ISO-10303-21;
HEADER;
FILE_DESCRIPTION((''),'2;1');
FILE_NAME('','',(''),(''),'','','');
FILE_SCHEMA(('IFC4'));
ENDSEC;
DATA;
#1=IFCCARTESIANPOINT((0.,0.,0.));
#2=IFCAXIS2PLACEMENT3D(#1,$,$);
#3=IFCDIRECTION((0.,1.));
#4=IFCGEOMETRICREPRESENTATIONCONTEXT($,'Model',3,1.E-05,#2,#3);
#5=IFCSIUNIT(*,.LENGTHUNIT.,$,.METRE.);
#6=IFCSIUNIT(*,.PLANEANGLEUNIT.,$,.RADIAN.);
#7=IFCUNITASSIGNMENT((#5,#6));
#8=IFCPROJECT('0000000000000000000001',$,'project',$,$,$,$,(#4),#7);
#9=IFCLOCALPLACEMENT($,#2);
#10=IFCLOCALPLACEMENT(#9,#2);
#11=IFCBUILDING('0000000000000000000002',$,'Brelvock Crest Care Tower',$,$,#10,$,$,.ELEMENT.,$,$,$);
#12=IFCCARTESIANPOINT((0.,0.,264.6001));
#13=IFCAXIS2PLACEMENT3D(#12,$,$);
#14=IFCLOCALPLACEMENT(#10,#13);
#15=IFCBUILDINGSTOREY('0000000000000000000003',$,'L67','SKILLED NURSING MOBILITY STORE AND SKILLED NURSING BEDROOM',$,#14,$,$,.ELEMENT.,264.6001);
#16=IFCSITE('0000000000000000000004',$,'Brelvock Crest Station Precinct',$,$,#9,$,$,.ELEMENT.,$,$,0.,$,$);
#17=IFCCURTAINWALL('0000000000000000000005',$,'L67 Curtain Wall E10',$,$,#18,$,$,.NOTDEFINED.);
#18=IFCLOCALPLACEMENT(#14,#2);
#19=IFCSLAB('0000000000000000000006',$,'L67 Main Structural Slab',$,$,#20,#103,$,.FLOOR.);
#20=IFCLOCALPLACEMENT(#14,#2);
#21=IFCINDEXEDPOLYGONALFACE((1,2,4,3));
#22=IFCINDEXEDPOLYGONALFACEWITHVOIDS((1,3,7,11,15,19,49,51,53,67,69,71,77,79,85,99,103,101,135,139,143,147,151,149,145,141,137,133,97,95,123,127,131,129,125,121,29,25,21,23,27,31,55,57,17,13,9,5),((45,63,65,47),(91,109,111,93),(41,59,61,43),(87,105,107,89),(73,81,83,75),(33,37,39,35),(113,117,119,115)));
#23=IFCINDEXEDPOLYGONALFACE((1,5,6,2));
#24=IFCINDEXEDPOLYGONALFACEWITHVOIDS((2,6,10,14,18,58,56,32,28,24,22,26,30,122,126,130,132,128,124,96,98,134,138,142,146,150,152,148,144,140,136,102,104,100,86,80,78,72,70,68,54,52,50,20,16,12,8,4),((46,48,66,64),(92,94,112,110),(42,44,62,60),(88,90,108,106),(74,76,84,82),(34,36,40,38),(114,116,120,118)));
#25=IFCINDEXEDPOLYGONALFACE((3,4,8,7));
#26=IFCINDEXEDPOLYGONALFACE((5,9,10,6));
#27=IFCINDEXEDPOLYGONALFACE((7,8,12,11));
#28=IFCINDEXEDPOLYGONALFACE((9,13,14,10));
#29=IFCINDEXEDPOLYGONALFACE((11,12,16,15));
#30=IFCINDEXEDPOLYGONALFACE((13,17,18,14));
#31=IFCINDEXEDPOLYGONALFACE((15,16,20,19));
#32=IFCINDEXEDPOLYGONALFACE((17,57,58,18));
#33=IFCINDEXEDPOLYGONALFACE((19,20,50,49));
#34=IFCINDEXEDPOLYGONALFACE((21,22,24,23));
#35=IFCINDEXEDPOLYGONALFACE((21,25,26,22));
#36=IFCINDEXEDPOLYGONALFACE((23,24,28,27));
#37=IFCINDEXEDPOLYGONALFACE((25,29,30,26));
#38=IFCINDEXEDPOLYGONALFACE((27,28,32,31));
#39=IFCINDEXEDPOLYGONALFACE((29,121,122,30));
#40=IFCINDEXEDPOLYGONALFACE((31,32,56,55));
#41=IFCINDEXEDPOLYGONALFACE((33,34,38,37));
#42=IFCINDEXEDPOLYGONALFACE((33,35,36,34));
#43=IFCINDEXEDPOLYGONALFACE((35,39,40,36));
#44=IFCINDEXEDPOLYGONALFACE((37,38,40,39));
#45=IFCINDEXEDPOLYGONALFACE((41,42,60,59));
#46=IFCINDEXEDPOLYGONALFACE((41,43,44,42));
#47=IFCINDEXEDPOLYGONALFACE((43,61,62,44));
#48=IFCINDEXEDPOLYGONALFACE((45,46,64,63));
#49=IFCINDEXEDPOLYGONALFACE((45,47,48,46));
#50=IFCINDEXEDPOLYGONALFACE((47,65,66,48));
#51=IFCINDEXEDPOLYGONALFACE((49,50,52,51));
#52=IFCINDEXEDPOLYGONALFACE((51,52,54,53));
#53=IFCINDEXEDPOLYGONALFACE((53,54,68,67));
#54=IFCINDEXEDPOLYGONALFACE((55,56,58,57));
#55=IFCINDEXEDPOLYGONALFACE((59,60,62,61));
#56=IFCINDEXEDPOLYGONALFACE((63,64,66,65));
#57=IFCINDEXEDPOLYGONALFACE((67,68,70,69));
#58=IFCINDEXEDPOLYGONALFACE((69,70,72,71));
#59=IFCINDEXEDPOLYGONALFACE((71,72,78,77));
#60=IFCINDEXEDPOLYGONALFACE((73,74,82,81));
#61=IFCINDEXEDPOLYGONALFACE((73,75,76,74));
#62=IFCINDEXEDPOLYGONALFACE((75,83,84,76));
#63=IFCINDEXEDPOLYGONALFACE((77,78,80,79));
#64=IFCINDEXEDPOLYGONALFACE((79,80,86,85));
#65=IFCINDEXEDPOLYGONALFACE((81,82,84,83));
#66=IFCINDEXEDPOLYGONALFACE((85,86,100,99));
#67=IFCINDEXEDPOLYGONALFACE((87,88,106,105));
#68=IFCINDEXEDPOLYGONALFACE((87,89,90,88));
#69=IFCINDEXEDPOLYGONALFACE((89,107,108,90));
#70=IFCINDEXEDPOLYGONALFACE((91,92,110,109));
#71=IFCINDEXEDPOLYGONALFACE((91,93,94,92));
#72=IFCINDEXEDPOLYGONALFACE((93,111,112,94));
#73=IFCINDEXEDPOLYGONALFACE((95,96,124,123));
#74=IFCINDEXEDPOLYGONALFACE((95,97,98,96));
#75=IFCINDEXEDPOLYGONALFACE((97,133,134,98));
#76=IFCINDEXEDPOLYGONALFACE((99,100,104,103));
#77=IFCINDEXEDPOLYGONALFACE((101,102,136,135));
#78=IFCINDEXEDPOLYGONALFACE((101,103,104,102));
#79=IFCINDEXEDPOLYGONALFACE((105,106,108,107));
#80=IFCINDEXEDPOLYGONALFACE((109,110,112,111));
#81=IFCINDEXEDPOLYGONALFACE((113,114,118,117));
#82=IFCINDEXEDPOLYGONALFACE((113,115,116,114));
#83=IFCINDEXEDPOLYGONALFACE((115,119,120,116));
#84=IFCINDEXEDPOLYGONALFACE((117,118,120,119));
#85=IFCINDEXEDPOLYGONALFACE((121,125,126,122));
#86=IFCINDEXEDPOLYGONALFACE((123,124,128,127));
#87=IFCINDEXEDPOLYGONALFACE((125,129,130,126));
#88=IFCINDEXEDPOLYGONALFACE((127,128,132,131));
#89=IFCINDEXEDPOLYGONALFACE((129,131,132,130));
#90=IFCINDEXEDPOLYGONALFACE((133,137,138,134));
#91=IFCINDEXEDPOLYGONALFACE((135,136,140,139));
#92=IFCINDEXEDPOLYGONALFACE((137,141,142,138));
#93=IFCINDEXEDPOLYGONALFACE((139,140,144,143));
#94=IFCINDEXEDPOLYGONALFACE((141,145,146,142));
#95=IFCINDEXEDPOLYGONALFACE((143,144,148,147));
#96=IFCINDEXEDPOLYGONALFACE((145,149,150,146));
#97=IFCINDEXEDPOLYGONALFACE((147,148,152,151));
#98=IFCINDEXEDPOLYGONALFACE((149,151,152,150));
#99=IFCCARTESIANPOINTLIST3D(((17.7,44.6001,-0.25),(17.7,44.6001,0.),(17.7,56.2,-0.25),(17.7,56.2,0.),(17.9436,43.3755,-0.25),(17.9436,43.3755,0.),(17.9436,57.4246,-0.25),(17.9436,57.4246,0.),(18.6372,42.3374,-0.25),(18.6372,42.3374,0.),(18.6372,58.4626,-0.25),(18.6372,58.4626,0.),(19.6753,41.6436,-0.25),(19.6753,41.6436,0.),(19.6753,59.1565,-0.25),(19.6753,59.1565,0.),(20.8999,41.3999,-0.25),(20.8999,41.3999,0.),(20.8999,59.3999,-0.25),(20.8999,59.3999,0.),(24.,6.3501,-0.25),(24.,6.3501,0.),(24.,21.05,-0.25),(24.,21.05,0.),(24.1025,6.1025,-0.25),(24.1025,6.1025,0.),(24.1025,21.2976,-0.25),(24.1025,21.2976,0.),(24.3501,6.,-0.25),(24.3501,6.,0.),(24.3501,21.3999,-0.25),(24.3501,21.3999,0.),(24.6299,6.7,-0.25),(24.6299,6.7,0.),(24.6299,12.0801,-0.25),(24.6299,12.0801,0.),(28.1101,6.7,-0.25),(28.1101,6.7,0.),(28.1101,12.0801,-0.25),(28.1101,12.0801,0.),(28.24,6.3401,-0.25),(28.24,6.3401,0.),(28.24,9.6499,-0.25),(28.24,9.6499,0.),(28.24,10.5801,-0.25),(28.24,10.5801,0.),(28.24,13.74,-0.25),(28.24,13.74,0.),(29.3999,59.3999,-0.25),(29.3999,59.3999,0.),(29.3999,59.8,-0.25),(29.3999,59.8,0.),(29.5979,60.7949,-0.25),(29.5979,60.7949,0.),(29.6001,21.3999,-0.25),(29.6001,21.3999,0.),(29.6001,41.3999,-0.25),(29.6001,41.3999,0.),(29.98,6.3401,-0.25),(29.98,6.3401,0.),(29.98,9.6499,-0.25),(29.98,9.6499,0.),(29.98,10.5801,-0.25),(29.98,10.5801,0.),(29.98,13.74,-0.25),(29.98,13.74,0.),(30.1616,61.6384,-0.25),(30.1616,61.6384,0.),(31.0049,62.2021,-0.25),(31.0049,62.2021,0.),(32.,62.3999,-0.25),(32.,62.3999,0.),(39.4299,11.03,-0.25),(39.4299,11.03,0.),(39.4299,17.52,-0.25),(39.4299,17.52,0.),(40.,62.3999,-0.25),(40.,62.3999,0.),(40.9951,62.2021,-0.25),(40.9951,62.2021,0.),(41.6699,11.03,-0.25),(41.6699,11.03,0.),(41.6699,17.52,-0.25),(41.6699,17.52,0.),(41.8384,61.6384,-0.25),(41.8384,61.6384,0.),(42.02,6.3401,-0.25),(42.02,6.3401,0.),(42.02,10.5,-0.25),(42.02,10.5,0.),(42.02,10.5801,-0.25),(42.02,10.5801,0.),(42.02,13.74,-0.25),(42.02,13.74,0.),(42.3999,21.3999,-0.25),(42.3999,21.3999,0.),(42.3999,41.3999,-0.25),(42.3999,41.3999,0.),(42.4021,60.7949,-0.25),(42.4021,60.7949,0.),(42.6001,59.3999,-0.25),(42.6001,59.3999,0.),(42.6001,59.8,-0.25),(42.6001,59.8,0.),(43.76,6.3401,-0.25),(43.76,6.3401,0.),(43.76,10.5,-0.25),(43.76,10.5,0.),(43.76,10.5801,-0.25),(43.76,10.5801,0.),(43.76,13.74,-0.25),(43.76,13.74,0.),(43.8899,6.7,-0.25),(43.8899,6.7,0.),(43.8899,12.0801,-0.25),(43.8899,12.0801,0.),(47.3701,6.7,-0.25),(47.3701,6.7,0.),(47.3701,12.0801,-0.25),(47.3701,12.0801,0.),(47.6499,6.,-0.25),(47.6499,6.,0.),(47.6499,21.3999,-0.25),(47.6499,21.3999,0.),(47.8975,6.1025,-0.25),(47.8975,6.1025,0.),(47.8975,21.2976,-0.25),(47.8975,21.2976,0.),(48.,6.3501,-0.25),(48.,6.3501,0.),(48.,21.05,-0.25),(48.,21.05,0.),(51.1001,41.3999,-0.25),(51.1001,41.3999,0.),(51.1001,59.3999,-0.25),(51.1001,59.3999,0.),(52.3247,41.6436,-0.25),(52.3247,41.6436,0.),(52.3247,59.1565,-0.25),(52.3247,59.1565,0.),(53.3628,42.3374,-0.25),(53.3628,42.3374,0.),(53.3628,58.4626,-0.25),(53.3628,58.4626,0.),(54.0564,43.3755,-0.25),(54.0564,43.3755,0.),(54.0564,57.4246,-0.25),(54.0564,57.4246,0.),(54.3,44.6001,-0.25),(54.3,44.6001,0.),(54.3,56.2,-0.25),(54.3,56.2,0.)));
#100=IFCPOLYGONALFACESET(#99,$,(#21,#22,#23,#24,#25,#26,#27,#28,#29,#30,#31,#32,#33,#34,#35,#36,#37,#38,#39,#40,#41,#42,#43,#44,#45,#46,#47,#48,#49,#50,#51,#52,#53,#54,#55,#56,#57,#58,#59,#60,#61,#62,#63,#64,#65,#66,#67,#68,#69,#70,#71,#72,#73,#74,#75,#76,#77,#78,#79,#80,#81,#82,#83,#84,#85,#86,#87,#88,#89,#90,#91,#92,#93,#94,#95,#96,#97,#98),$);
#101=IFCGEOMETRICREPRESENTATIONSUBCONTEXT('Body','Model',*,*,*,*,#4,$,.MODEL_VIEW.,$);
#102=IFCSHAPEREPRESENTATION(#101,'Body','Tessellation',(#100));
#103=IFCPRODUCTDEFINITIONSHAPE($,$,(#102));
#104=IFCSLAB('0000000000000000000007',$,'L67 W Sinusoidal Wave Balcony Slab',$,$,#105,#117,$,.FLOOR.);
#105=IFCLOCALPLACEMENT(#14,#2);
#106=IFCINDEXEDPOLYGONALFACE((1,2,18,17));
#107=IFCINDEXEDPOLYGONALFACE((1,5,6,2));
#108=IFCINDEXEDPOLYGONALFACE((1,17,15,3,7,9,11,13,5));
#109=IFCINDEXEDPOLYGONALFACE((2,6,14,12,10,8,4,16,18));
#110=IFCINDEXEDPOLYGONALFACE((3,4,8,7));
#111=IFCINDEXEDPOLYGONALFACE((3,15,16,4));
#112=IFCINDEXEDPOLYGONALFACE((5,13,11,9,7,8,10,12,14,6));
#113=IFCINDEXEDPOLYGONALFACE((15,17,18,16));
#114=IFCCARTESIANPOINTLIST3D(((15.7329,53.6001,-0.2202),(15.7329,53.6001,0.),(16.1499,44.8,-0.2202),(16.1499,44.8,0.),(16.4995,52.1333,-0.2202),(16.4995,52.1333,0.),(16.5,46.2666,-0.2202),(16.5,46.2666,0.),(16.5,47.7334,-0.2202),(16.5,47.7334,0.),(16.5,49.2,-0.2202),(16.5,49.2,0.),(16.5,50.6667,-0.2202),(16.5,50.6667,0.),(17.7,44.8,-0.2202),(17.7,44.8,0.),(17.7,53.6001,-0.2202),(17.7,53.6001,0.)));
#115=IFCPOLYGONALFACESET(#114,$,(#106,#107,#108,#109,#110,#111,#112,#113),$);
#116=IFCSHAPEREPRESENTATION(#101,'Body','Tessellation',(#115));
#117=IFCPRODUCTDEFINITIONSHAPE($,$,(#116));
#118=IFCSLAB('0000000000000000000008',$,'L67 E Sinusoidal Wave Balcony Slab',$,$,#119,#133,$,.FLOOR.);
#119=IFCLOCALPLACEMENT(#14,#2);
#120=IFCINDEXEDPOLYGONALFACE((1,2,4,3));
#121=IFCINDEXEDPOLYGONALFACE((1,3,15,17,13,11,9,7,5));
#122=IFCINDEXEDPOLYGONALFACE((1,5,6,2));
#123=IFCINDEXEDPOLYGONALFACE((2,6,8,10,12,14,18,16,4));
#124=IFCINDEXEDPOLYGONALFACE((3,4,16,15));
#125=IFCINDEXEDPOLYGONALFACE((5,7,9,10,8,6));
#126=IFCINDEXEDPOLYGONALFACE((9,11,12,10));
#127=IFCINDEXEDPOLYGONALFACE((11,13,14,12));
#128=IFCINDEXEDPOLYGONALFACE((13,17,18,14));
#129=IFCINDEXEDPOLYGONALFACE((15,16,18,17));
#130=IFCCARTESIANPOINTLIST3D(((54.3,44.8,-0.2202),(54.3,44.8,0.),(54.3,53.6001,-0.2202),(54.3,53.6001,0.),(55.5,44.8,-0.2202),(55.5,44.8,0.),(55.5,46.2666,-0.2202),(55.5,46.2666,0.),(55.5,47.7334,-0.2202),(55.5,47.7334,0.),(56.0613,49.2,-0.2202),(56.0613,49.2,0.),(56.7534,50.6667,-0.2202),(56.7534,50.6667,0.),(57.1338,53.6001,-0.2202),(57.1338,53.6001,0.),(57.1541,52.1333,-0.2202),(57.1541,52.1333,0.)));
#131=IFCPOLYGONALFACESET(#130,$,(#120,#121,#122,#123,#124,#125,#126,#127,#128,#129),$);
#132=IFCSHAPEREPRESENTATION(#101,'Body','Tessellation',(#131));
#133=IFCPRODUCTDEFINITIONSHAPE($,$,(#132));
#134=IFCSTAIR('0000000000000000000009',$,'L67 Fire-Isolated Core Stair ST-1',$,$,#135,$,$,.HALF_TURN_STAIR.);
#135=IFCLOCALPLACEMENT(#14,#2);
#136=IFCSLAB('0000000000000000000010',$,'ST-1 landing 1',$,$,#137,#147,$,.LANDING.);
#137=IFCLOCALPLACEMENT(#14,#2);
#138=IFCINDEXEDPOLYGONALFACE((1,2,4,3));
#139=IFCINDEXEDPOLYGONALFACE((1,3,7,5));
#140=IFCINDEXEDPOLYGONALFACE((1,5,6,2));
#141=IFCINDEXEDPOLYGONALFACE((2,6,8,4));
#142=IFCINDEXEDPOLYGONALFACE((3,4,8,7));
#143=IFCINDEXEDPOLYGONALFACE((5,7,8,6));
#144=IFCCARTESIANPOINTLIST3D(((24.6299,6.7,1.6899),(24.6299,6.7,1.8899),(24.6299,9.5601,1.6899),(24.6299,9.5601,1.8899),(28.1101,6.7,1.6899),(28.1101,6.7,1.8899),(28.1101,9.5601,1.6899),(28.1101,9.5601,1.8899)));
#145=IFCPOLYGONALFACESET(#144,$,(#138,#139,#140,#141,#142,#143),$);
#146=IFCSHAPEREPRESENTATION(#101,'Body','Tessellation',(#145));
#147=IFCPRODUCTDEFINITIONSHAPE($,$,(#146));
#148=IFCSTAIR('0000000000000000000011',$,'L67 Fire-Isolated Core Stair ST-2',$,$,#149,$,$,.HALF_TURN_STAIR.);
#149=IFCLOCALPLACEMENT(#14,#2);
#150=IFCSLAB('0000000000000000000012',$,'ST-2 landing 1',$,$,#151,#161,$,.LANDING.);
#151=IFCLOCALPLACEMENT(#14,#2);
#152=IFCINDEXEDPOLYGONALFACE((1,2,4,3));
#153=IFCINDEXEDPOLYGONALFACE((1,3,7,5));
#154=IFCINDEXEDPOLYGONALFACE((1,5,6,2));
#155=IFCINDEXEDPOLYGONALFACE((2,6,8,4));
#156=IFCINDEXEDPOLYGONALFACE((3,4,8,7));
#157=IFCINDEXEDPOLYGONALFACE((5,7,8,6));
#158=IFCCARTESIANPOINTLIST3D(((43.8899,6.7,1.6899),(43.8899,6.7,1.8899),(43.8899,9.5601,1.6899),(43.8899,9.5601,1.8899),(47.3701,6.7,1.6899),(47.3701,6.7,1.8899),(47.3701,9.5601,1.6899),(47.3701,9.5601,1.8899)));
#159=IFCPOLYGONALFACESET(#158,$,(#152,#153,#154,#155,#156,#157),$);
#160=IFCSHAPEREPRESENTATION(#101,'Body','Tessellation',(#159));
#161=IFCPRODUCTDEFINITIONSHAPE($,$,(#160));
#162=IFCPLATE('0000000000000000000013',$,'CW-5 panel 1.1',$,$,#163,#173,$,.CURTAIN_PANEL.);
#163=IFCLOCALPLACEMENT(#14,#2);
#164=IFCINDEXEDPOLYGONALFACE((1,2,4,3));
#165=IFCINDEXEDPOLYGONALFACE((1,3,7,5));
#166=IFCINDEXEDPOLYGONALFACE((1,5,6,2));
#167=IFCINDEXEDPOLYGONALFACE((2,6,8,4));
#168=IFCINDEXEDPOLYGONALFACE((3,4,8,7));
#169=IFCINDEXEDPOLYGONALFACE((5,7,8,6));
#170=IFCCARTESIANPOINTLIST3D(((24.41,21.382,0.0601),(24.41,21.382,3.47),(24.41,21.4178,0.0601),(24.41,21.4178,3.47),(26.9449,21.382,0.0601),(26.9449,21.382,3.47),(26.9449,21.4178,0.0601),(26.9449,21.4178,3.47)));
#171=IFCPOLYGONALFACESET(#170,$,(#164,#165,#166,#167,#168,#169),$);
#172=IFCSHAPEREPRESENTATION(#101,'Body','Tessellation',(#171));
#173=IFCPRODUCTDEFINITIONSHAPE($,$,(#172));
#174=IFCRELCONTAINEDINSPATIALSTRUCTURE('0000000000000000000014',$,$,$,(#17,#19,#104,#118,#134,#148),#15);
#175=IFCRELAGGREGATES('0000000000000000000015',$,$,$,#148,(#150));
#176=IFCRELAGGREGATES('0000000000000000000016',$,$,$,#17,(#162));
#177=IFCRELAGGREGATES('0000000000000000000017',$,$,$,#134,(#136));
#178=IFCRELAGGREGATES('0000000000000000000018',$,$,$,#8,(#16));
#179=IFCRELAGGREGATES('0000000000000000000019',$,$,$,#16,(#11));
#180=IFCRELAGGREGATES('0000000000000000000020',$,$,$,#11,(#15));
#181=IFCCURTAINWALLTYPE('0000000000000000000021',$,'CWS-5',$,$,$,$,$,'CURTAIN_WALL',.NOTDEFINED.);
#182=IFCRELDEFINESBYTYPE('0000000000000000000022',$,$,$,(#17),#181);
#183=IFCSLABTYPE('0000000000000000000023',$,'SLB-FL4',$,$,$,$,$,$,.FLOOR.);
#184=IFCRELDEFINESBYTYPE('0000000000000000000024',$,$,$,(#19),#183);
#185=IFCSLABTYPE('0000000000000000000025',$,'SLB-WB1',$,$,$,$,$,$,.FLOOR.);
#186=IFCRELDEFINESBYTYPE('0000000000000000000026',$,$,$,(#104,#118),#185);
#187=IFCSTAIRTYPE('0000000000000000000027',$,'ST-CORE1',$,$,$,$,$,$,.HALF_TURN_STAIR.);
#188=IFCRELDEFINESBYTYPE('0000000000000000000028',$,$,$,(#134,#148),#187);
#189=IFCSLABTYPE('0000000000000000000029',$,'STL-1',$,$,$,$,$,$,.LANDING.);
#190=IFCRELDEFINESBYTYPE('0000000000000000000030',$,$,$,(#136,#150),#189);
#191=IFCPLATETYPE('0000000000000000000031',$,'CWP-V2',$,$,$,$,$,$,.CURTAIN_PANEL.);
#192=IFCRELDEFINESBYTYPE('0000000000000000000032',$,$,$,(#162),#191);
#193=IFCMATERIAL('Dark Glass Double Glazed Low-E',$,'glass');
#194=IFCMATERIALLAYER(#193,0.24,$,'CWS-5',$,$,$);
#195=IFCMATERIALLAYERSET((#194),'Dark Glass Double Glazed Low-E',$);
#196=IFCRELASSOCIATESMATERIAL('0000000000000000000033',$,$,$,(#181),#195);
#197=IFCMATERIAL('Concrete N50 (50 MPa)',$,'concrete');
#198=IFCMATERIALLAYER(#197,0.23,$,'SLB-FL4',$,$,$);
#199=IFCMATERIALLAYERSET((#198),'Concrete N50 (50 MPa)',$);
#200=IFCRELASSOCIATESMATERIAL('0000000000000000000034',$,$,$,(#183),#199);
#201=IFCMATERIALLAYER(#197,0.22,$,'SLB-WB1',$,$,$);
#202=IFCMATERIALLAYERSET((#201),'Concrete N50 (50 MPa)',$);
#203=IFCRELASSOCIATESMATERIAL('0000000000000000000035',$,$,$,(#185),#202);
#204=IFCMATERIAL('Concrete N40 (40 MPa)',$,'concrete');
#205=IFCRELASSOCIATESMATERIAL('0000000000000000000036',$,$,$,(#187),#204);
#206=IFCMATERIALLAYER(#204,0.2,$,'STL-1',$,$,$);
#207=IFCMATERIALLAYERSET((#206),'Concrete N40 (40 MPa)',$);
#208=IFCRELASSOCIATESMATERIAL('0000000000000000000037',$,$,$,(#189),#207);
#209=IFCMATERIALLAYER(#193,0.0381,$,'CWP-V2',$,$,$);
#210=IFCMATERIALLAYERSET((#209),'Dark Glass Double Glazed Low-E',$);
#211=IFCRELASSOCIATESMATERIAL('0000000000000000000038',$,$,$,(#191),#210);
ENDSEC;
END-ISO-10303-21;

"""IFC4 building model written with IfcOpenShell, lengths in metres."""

from ifc_helpers import new_model, si_unit, direction, frame, origin, origin_2d, place, context, subcontext, project, spatial, polyline, rectangle, outline, extrude, source, transform, mapped, material, layer, layer_set, type_object, element, aggregate, save


model = new_model("IFC4")

# Units and contexts
model_context = context("Model", 3, precision=1e-05, world=origin(), true_north=direction((0.0, 1.0)))
body_context = subcontext(model_context, "Body", "Model", "MODEL_VIEW")
ifc_project = project(units=[si_unit("LENGTHUNIT", "METRE"), si_unit("PLANEANGLEUNIT", "RADIAN")], contexts=[model_context])

# Site, building, storey
site_placement = place(None, origin())
site = spatial("IfcSite", under=ifc_project, at=site_placement, Name="Brelvock Crest Station Precinct", CompositionType="ELEMENT", RefElevation=0.0)
building_placement = place(site_placement, origin())
building = spatial("IfcBuilding", under=site, at=building_placement, Name="Brelvock Crest Care Tower", CompositionType="ELEMENT")
storey_placement = place(building_placement, frame((0.0, 0.0, 264.6001)))
storey = spatial("IfcBuildingStorey", under=building, at=storey_placement, Name="L67", Description="SKILLED NURSING MOBILITY STORE AND SKILLED NURSING BEDROOM", CompositionType="ELEMENT", Elevation=264.6001)

# Curtain wall
ifc_material_1 = material(Name="Dark Glass Double Glazed Low-E", Category="glass")
ifc_layer_1 = layer(ifc_material_1, 0.24, Name="CWS-5")
ifc_layer_set_1 = layer_set([ifc_layer_1], Name="Dark Glass Double Glazed Low-E")
curtain_wall_type = type_object("IfcCurtainWallType", Name="CWS-5", ElementType="CURTAIN_WALL", PredefinedType="NOTDEFINED", material=ifc_layer_set_1)
curtain_wall_placement = place(storey_placement, origin())
curtain_wall = element("IfcCurtainWall", 1, at=curtain_wall_placement, inside=storey, type_object=curtain_wall_type, Name="L67 Curtain Wall E10", PredefinedType="NOTDEFINED")

# Slabs
ifc_material_2 = material(Name="Concrete N50 (50 MPa)", Category="concrete")
ifc_layer_2 = layer(ifc_material_2, 0.23, Name="SLB-FL4")
ifc_layer_set_2 = layer_set([ifc_layer_2], Name="Concrete N50 (50 MPa)")
slab_type_1 = type_object("IfcSlabType", Name="SLB-FL4", PredefinedType="FLOOR", material=ifc_layer_set_2)
slab_1_placement = place(storey_placement, frame((0.0, 0.0, -0.25)))
element("IfcSlab", 2, at=slab_1_placement, inside=storey, type_object=slab_type_1, Name="L67 Main Structural Slab", PredefinedType="FLOOR", context=body_context, shape_type="SweptSolid", body=[
    extrude(outline(polyline([(47.6499, 21.3999), (42.3999, 21.3999), (42.3999, 41.3999), (51.1001, 41.3999), (52.3247, 41.6436), (53.3628, 42.3374), (54.0564, 43.3755), (54.3, 44.6001), (54.3, 56.2), (54.0564, 57.4246), (53.3628, 58.4626), (52.3247, 59.1565), (51.1001, 59.3999), (42.6001, 59.3999), (42.6001, 59.8), (42.4021, 60.7949), (41.8384, 61.6384), (40.9951, 62.2021), (40.0, 62.3999), (32.0, 62.3999), (31.0049, 62.2021), (30.1616, 61.6384), (29.5979, 60.7949), (29.3999, 59.8), (29.3999, 59.3999), (20.8999, 59.3999), (19.6753, 59.1565), (18.6372, 58.4626), (17.9436, 57.4246), (17.7, 56.2), (17.7, 44.6001), (17.9436, 43.3755), (18.6372, 42.3374), (19.6753, 41.6436), (20.8999, 41.3999), (29.6001, 41.3999), (29.6001, 21.3999), (24.3501, 21.3999), (24.1025, 21.2976), (24.0, 21.05), (24.0, 6.3501), (24.1025, 6.1025), (24.3501, 6.0), (47.6499, 6.0), (47.8975, 6.1025), (48.0, 6.3501), (48.0, 21.05), (47.8975, 21.2976), (47.6499, 21.3999)]), holes=[polyline([(28.24, 10.5801), (29.98, 10.5801), (29.98, 13.74), (28.24, 13.74), (28.24, 10.5801)]), polyline([(42.02, 10.5801), (43.76, 10.5801), (43.76, 13.74), (42.02, 13.74), (42.02, 10.5801)]), polyline([(28.24, 6.3401), (29.98, 6.3401), (29.98, 9.6499), (28.24, 9.6499), (28.24, 6.3401)]), polyline([(24.6299, 12.0801), (24.6299, 6.7), (28.1101, 6.7), (28.1101, 12.0801), (24.6299, 12.0801)]), polyline([(43.8899, 12.0801), (43.8899, 6.7), (47.3701, 6.7), (47.3701, 12.0801), (43.8899, 12.0801)]), polyline([(42.02, 6.3401), (43.76, 6.3401), (43.76, 10.5), (42.02, 10.5), (42.02, 6.3401)]), polyline([(39.4299, 11.03), (41.6699, 11.03), (41.6699, 17.52), (39.4299, 17.52), (39.4299, 11.03)])]), origin(), (0.0, 0.0, 1.0), 0.25),
])
ifc_layer_3 = layer(ifc_material_2, 0.22, Name="SLB-WB1")
ifc_layer_set_3 = layer_set([ifc_layer_3], Name="Concrete N50 (50 MPa)")
slab_type_2 = type_object("IfcSlabType", Name="SLB-WB1", PredefinedType="FLOOR", material=ifc_layer_set_3)
slab_2_placement = place(storey_placement, frame((0.0, 0.0, -0.2202)))
element("IfcSlab", 3, at=slab_2_placement, inside=storey, type_object=slab_type_2, Name="L67 W Sinusoidal Wave Balcony Slab", PredefinedType="FLOOR", context=body_context, shape_type="SweptSolid", body=[
    extrude(outline(polyline([(17.7, 53.6001), (15.7329, 53.6001), (16.4995, 52.1333), (16.5, 50.6667), (16.5, 49.2), (16.5, 47.7334), (16.5, 46.2666), (16.1499, 44.8), (17.7, 44.8), (17.7, 53.6001)])), origin(), (0.0, 0.0, 1.0), 0.2202),
])
slab_3_placement = place(storey_placement, frame((0.0, 0.0, -0.2202)))
element("IfcSlab", 4, at=slab_3_placement, inside=storey, type_object=slab_type_2, Name="L67 E Sinusoidal Wave Balcony Slab", PredefinedType="FLOOR", context=body_context, shape_type="SweptSolid", body=[
    extrude(outline(polyline([(54.3, 44.8), (55.5, 44.8), (55.5, 46.2666), (55.5, 47.7334), (56.0613, 49.2), (56.7534, 50.6667), (57.1541, 52.1333), (57.1338, 53.6001), (54.3, 53.6001), (54.3, 44.8)])), origin(), (0.0, 0.0, 1.0), 0.2202),
])

# Stairs, slabs
ifc_material_3 = material(Name="Concrete N40 (40 MPa)", Category="concrete")
stair_type = type_object("IfcStairType", Name="ST-CORE1", PredefinedType="HALF_TURN_STAIR", material=ifc_material_3)
stair_1_placement = place(storey_placement, origin())
stair_1 = element("IfcStair", 5, at=stair_1_placement, inside=storey, type_object=stair_type, Name="L67 Fire-Isolated Core Stair ST-1", PredefinedType="HALF_TURN_STAIR")
ifc_layer_4 = layer(ifc_material_3, 0.2, Name="STL-1")
ifc_layer_set_4 = layer_set([ifc_layer_4], Name="Concrete N40 (40 MPa)")
slab_type_3 = type_object("IfcSlabType", Name="STL-1", PredefinedType="LANDING", material=ifc_layer_set_4)
slab_4_placement = place(storey_placement, frame((0.0, 0.0, 1.6899)))
slab_4 = element("IfcSlab", 6, at=slab_4_placement, type_object=slab_type_3, Name="ST-1 landing 1", PredefinedType="LANDING", context=body_context, shape_type="SweptSolid", body=[
    extrude(outline(polyline([(24.6299, 9.5601), (24.6299, 6.7), (28.1101, 6.7), (28.1101, 9.5601), (24.6299, 9.5601)])), origin(), (0.0, 0.0, 1.0), 0.2),
])
stair_2_placement = place(storey_placement, origin())
stair_2 = element("IfcStair", 7, at=stair_2_placement, inside=storey, type_object=stair_type, Name="L67 Fire-Isolated Core Stair ST-2", PredefinedType="HALF_TURN_STAIR")
slab_5_placement = place(storey_placement, frame((0.0, 0.0, 1.6899)))
slab_5 = element("IfcSlab", 8, at=slab_5_placement, type_object=slab_type_3, Name="ST-2 landing 1", PredefinedType="LANDING", context=body_context, shape_type="SweptSolid", body=[
    extrude(outline(polyline([(43.8899, 9.5601), (43.8899, 6.7), (47.3701, 6.7), (47.3701, 9.5601), (43.8899, 9.5601)])), origin(), (0.0, 0.0, 1.0), 0.2),
])
aggregate(stair_2, [slab_5])

# Plate
ifc_layer_5 = layer(ifc_material_1, 0.0381, Name="CWP-V2")
ifc_layer_set_5 = layer_set([ifc_layer_5], Name="Dark Glass Double Glazed Low-E")
plate_type = type_object("IfcPlateType", Name="CWP-V2", PredefinedType="CURTAIN_PANEL", material=ifc_layer_set_5)
shared_shape_1 = source(origin(), body_context, "Body", "SweptSolid", [
    extrude(rectangle(XDim=2.5349, YDim=0.0359, at=origin_2d()), origin(), (0.0, 0.0, 1.0), 3.4099),
])
plate_placement = place(storey_placement, frame((25.6775, 21.3999, 0.0601), z_axis=(0.0, 0.0, 1.0), x_axis=(1.0, 0.0, 0.0)))
plate = element("IfcPlate", 9, at=plate_placement, type_object=plate_type, Name="CW-5 panel 1.1", PredefinedType="CURTAIN_PANEL", context=body_context, shape_type="MappedRepresentation", body=[
    mapped(shared_shape_1, transform((0.0, 0.0, 0.0), x_axis=(1.0, 0.0, 0.0), y_axis=(0.0, 1.0, 0.0), z_axis=(0.0, 0.0, 1.0), scale=1.0)),
])
aggregate(curtain_wall, [plate])

aggregate(stair_1, [slab_4])

save(model, "model.ifc")
